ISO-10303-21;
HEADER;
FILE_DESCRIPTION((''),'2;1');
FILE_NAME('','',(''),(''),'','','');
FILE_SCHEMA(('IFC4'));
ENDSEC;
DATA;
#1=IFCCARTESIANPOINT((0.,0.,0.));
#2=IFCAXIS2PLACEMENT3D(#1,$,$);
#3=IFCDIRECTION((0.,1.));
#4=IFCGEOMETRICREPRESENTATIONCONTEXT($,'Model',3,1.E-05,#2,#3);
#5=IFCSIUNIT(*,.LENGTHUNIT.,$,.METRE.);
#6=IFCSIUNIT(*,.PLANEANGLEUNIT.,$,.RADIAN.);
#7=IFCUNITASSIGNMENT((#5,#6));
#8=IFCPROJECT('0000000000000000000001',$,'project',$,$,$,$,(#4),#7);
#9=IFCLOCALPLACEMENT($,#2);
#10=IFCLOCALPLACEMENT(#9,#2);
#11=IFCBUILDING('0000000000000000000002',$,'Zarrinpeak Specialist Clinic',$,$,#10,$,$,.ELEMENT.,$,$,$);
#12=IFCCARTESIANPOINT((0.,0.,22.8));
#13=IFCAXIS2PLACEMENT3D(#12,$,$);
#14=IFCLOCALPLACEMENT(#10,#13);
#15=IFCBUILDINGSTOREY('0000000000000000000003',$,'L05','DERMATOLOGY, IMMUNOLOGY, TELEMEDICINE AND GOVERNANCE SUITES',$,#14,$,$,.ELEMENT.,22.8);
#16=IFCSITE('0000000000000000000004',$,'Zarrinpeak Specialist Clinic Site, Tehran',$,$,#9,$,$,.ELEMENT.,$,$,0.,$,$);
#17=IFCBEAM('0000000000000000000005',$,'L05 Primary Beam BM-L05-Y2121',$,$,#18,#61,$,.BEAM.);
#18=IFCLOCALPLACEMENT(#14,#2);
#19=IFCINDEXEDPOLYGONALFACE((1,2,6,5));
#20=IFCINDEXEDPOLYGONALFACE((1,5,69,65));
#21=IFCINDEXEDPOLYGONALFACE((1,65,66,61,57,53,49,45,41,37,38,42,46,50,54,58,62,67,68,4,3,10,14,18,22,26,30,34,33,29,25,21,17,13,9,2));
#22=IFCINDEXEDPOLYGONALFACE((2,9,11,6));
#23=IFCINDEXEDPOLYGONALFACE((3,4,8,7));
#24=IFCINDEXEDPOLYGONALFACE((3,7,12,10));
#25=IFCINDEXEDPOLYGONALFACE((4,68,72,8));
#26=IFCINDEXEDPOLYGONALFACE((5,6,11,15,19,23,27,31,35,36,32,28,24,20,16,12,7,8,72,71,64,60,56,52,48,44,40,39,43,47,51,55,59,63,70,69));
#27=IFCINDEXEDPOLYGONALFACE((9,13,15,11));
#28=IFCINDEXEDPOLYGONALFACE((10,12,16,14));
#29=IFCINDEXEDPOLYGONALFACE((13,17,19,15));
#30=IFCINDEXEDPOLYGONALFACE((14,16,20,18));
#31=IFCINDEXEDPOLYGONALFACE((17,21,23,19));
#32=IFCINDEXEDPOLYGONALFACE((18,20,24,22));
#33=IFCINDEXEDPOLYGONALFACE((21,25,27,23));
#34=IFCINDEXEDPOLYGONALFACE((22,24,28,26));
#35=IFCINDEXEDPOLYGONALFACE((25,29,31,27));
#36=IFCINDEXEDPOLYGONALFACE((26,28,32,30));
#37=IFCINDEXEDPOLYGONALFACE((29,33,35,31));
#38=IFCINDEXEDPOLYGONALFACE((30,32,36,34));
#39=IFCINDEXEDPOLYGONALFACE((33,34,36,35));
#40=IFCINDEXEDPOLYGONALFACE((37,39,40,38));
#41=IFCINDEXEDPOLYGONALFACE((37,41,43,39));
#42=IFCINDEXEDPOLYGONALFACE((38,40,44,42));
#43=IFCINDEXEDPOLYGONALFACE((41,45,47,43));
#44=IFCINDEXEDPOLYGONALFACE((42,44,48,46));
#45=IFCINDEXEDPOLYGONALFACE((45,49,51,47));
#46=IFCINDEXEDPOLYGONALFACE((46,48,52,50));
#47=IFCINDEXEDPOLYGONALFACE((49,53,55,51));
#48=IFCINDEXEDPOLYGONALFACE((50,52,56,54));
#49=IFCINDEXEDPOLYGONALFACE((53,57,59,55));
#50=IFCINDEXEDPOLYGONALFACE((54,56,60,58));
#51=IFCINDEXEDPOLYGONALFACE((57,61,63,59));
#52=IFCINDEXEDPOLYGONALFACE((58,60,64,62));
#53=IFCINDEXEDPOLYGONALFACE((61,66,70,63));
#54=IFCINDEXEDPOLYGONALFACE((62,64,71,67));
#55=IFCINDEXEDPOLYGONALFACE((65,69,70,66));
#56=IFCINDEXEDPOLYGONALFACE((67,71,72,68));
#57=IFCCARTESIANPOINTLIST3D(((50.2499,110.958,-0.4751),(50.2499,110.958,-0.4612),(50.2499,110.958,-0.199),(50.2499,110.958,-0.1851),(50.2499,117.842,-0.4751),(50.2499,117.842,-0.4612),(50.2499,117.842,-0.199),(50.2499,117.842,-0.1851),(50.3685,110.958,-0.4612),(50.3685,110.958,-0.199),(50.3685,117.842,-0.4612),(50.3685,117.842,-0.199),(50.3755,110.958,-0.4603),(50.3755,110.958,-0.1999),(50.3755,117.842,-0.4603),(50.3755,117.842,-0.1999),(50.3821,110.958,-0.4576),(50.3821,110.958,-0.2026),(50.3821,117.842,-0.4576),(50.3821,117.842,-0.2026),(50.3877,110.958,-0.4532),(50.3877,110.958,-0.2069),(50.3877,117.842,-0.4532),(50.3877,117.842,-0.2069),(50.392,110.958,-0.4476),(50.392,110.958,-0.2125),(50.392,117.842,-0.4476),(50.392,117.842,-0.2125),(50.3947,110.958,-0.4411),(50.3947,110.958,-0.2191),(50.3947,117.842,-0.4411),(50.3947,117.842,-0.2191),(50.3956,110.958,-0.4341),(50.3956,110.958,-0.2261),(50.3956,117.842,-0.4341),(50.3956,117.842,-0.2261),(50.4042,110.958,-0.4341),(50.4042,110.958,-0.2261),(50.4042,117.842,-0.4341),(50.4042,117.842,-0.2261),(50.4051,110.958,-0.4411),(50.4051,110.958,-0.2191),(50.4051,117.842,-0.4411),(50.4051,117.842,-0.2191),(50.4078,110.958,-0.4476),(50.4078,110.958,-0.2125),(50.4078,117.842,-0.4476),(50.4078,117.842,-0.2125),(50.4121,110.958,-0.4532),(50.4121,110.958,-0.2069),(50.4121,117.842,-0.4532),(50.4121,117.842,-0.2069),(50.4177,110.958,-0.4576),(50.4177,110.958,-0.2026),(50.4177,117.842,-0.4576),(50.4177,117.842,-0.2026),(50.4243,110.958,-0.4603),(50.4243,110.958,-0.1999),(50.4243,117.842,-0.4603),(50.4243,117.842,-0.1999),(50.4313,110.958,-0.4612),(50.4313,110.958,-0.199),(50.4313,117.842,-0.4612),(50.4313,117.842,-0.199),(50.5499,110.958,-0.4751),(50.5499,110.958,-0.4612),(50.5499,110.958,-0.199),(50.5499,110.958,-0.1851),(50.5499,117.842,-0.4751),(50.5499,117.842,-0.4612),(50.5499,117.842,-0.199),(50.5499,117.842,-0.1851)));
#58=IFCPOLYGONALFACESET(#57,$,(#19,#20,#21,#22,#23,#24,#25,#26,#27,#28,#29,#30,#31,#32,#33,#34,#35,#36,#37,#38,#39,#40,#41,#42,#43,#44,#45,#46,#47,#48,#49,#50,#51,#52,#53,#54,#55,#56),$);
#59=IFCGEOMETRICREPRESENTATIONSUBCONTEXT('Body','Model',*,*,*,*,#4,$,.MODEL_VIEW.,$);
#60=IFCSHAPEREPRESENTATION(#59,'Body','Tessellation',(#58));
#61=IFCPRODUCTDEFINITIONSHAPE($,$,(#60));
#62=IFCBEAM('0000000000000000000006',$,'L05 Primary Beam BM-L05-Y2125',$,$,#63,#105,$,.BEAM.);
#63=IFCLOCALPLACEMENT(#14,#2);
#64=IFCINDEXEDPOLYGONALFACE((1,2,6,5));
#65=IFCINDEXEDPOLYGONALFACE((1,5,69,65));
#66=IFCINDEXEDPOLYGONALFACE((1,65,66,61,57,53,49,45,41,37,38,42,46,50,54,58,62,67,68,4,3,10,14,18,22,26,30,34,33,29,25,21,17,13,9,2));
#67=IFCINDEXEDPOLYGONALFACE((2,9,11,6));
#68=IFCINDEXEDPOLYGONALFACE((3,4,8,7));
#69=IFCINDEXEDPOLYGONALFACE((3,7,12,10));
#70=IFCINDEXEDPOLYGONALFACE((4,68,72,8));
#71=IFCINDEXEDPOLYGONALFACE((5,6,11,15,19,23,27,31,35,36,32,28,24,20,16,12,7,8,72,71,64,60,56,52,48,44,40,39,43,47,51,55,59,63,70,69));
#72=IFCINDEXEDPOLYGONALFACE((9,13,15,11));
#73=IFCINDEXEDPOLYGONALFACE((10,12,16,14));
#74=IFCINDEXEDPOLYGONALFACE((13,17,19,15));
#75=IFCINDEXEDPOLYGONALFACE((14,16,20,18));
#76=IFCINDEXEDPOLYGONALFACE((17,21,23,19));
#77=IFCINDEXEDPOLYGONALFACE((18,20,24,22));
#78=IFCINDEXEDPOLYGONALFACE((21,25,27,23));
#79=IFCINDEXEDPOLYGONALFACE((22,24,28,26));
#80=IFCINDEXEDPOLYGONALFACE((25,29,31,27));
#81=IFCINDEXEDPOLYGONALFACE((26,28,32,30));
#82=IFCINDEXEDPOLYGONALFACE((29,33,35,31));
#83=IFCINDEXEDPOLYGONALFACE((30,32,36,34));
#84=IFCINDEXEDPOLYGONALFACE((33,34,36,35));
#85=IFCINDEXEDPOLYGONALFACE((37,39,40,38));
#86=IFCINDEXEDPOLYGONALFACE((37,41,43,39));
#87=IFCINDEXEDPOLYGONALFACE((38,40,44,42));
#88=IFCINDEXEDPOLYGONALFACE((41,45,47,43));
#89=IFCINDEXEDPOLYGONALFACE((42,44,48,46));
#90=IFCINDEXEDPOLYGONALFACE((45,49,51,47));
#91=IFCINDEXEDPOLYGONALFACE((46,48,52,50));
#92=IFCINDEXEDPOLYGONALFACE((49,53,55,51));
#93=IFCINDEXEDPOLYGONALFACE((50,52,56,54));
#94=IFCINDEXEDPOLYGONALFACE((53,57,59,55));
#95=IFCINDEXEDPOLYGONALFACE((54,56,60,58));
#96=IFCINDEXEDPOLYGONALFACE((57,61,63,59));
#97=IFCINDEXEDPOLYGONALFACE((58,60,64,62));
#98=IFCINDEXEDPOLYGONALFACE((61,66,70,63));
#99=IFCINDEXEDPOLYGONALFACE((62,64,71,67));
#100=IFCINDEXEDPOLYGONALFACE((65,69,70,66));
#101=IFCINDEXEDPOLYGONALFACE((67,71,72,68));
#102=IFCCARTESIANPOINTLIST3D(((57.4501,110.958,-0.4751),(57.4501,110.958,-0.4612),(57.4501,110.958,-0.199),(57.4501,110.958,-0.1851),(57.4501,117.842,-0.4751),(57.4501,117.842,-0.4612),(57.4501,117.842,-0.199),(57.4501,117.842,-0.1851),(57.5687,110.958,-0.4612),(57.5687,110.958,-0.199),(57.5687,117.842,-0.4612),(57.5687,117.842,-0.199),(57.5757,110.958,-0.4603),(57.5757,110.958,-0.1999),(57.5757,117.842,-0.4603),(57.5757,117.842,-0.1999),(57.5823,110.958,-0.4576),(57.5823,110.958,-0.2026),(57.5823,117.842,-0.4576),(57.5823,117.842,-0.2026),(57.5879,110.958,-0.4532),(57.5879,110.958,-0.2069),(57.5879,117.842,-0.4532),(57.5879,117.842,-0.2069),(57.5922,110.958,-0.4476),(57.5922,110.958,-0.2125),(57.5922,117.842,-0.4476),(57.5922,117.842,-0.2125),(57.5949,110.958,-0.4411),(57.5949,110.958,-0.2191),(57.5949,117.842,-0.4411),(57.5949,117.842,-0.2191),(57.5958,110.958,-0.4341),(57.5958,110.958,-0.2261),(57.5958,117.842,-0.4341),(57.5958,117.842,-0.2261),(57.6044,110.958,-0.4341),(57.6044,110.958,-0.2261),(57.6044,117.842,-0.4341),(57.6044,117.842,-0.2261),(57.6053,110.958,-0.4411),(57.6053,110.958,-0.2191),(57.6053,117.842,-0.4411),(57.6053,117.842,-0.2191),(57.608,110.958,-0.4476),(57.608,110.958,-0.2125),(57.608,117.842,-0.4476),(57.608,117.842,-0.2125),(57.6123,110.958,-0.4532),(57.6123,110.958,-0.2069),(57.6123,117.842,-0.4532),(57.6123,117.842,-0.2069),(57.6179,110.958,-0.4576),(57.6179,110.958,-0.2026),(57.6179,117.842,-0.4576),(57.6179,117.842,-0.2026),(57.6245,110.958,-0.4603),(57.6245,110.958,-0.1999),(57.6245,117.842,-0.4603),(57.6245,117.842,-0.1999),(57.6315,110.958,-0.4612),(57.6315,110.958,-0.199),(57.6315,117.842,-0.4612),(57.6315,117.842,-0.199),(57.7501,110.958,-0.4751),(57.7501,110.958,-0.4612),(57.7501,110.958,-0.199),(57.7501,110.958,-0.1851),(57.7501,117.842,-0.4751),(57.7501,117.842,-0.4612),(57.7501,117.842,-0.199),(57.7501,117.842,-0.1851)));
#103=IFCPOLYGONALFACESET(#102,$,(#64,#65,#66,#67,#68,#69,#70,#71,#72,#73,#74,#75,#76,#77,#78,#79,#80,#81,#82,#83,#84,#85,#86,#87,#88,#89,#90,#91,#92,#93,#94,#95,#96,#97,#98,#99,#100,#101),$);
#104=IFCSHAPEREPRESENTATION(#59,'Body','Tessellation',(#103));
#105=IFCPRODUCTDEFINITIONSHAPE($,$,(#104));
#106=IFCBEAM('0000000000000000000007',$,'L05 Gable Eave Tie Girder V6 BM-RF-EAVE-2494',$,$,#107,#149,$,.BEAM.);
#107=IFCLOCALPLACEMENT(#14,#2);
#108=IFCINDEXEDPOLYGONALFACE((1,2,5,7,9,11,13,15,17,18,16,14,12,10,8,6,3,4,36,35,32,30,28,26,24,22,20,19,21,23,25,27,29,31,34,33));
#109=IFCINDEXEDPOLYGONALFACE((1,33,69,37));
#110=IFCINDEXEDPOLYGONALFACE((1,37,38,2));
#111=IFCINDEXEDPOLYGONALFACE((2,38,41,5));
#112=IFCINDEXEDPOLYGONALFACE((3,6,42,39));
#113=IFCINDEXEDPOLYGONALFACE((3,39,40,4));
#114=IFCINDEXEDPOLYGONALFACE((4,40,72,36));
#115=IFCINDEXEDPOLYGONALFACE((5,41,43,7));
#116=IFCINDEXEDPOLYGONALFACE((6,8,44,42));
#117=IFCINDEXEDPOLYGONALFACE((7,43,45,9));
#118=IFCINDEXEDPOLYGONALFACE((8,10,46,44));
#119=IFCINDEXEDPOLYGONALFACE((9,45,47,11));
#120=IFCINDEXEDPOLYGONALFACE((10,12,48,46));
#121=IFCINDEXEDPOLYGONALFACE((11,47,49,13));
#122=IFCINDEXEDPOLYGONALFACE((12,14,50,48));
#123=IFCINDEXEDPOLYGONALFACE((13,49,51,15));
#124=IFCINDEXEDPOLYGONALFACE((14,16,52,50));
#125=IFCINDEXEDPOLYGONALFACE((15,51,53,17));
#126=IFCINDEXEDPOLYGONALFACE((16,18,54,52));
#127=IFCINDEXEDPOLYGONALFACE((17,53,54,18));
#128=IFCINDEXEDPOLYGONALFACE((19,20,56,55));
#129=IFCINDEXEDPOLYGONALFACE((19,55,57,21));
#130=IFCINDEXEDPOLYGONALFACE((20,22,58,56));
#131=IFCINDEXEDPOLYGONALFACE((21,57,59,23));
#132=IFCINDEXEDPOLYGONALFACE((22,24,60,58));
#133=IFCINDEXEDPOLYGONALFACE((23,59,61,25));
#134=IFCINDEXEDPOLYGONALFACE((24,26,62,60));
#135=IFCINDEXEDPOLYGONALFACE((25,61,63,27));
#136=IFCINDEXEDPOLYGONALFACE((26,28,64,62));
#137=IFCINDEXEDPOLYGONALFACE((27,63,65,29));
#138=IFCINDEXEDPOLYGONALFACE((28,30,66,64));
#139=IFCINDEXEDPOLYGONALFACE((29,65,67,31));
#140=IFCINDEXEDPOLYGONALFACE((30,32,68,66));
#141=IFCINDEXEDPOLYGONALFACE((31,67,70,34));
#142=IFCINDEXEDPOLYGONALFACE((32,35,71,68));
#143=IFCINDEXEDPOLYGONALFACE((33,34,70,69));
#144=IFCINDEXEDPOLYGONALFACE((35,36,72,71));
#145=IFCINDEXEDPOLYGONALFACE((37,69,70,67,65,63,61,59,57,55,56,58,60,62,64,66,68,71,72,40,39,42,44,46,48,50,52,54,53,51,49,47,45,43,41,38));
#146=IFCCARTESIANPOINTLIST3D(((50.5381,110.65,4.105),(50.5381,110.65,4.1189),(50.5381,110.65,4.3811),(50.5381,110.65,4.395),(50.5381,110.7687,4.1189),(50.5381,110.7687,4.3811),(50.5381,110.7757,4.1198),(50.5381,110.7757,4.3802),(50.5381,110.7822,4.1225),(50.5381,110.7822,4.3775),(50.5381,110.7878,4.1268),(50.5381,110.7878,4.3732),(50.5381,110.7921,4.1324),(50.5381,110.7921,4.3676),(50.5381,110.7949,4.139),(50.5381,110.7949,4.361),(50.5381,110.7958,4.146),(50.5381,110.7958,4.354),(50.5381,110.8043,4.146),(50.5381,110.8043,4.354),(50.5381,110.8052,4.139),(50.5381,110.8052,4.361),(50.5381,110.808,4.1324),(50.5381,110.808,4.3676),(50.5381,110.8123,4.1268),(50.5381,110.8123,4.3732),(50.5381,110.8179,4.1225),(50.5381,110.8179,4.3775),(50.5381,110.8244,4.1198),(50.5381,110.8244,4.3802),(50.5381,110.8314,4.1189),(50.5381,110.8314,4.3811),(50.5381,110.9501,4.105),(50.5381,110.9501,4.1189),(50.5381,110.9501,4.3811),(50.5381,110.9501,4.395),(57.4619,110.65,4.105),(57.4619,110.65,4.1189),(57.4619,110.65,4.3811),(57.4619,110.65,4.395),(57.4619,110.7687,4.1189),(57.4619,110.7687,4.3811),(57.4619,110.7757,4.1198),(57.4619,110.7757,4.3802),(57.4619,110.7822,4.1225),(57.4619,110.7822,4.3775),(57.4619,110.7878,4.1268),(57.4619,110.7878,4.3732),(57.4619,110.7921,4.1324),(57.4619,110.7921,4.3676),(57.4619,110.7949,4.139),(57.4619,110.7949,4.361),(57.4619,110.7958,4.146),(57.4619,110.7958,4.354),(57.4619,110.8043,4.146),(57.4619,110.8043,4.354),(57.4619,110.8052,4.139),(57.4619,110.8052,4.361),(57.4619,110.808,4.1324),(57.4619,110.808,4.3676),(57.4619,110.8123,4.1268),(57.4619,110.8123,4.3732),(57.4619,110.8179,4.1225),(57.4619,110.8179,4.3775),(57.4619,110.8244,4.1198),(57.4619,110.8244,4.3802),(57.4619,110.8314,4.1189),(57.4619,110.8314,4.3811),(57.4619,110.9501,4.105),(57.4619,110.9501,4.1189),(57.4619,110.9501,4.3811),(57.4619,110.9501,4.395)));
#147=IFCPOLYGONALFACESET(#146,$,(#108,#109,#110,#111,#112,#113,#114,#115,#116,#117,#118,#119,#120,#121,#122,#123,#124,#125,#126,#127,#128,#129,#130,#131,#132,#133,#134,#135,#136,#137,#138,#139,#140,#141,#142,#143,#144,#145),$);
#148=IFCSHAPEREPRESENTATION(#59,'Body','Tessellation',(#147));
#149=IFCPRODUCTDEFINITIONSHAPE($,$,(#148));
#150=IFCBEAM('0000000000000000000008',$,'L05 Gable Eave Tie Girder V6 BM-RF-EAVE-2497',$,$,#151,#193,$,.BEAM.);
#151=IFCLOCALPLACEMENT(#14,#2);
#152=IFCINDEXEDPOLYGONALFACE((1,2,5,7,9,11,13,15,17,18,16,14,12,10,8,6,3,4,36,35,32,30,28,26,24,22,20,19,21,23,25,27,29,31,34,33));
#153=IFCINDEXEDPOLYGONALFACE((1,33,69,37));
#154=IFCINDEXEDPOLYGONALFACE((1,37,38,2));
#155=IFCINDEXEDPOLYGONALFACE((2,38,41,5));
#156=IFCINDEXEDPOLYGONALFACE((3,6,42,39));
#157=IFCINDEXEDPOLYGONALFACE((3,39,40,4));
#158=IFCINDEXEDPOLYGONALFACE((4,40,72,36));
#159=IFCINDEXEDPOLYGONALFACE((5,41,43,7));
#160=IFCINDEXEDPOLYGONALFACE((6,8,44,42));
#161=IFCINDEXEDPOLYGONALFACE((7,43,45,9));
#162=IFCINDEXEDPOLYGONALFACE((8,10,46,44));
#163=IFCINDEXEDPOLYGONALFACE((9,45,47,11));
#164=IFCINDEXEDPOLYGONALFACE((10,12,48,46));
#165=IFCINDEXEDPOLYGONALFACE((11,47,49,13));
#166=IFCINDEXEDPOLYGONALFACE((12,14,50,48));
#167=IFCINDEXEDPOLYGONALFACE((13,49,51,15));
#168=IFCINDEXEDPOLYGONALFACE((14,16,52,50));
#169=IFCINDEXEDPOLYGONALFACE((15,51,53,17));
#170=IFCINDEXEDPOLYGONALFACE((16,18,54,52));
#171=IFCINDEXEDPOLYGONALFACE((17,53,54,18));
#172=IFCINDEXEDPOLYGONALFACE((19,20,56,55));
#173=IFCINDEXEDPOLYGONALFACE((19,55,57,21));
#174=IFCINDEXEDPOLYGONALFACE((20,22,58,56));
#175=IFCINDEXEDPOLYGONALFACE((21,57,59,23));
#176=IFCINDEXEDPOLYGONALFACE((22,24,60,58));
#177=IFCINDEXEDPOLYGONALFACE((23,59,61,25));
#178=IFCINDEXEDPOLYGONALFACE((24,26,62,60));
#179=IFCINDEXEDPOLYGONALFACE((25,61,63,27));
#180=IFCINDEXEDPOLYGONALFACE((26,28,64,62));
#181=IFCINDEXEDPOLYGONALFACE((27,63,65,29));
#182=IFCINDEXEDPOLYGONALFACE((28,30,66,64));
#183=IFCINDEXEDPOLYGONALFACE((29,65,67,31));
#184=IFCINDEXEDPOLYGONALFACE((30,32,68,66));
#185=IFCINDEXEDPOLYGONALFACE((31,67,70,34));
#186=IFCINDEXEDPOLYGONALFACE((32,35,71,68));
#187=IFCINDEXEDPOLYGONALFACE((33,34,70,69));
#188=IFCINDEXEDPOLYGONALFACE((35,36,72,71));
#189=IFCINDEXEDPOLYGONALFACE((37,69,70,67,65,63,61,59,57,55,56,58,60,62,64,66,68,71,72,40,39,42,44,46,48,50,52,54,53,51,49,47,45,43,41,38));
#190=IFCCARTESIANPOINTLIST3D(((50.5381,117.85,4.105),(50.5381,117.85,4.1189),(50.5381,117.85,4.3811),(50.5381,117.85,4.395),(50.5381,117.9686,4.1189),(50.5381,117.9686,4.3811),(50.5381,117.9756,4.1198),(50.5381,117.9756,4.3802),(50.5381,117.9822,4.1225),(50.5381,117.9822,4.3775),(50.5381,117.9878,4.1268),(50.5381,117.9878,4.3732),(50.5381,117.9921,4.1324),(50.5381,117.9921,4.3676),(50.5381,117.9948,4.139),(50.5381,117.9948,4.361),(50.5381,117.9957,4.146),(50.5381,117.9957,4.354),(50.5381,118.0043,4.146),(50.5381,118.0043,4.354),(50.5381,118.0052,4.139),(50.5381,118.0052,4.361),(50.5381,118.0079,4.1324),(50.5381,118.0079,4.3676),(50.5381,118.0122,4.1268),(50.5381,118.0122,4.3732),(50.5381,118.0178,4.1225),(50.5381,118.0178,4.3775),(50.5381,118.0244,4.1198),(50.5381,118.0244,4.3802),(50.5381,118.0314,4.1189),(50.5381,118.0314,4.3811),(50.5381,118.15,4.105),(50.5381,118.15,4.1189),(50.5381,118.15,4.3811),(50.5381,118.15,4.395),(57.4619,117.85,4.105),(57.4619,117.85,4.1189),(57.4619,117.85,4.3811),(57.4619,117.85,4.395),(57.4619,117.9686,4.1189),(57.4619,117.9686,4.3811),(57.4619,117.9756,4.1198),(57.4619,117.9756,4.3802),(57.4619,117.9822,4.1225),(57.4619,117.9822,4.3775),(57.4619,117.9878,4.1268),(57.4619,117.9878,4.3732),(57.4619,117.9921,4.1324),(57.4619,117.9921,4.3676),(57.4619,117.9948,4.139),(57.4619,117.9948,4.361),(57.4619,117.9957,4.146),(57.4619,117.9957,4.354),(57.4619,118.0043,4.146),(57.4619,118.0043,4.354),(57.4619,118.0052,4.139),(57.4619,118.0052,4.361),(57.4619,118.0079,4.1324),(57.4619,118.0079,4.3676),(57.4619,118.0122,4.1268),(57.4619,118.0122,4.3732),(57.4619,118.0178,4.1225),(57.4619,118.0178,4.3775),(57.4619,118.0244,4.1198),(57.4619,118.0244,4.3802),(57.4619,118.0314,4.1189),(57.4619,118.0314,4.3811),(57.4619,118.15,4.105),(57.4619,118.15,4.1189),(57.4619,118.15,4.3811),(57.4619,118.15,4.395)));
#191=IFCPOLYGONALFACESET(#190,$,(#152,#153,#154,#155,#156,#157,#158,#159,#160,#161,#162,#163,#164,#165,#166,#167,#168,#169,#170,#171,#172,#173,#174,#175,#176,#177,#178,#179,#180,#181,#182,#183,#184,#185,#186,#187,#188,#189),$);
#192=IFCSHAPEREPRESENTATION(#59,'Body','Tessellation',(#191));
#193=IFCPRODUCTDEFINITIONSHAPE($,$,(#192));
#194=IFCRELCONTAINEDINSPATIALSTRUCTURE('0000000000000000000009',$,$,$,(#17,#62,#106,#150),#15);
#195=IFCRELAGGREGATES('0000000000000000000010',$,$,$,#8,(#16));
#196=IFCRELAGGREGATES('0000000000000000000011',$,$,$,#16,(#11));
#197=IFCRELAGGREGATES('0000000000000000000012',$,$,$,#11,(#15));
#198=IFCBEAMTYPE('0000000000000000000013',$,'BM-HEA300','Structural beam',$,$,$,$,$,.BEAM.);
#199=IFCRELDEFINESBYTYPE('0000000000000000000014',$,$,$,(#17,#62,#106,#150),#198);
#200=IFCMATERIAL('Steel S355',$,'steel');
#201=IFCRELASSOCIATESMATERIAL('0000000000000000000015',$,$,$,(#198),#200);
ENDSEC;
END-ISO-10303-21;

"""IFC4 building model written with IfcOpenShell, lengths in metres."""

from ifc_helpers import new_model, si_unit, direction, frame, origin, origin_2d, place, context, subcontext, project, spatial, i_section, extrude, material, material_profile, profile_set, type_object, element, save


model = new_model("IFC4")

# Units and contexts
model_context = context("Model", 3, precision=1e-05, world=origin(), true_north=direction((0.0, 1.0)))
body_context = subcontext(model_context, "Body", "Model", "MODEL_VIEW")
ifc_project = project(units=[si_unit("LENGTHUNIT", "METRE"), si_unit("PLANEANGLEUNIT", "RADIAN")], contexts=[model_context])

# Site, building, storey
site_placement = place(None, origin())
site = spatial("IfcSite", under=ifc_project, at=site_placement, Name="Zarrinpeak Specialist Clinic Site, Tehran", CompositionType="ELEMENT", RefElevation=0.0)
building_placement = place(site_placement, origin())
building = spatial("IfcBuilding", under=site, at=building_placement, Name="Zarrinpeak Specialist Clinic", CompositionType="ELEMENT")
storey_placement = place(building_placement, frame((0.0, 0.0, 22.8)))
storey = spatial("IfcBuildingStorey", under=building, at=storey_placement, Name="L05", Description="DERMATOLOGY, IMMUNOLOGY, TELEMEDICINE AND GOVERNANCE SUITES", CompositionType="ELEMENT", Elevation=22.8)

# Shared definitions
ifc_material_1 = material(Name="Steel S355", Category="steel")

# Beams
ifc_material_profile_1 = material_profile(ifc_material_1, i_section(OverallWidth=0.3, OverallDepth=0.29, WebThickness=0.0085, FlangeThickness=0.0139, FilletRadius=0.0271, at=origin_2d()), Name="HEA 300")
ifc_profile_set_1 = profile_set([ifc_material_profile_1], Name="Steel S355")
beam_type_1 = type_object("IfcBeamType", Name="BM-HEA300", Description="Structural beam", PredefinedType="BEAM", material=ifc_profile_set_1)
for number, where, z_axis, x_axis, name in (
    (1, (50.3999, 110.958, -0.3301), (0.0, 1.0, 0.0), (-1.0, 0.0, 0.0), "L05 Primary Beam BM-L05-Y2121"),
    (2, (57.6001, 110.958, -0.3301), (0.0, 1.0, 0.0), (-1.0, 0.0, 0.0), "L05 Primary Beam BM-L05-Y2125"),
):
    element("IfcBeam", number, at=place(storey_placement, frame(where, z_axis=z_axis, x_axis=x_axis)), inside=storey, type_object=beam_type_1, Name=name, PredefinedType="BEAM", context=body_context, shape_type="SweptSolid", body=[
        extrude(i_section(OverallWidth=0.3, OverallDepth=0.29, WebThickness=0.0085, FlangeThickness=0.0139, FilletRadius=0.0271, at=origin_2d()), origin(), (0.0, 0.0, 1.0), 6.884),
    ])
for number, where, z_axis, x_axis, name in (
    (3, (50.5381, 110.8, 4.25), (1.0, 0.0, 0.0), (0.0, 1.0, 0.0), "L05 Gable Eave Tie Girder V6 BM-RF-EAVE-2494"),
    (4, (50.5381, 118.0, 4.25), (1.0, 0.0, 0.0), (0.0, 1.0, 0.0), "L05 Gable Eave Tie Girder V6 BM-RF-EAVE-2497"),
):
    element("IfcBeam", number, at=place(storey_placement, frame(where, z_axis=z_axis, x_axis=x_axis)), inside=storey, type_object=beam_type_1, Name=name, PredefinedType="BEAM", context=body_context, shape_type="SweptSolid", body=[
        extrude(i_section(OverallWidth=0.3, OverallDepth=0.29, WebThickness=0.0085, FlangeThickness=0.0139, FilletRadius=0.0271, at=origin_2d()), origin(), (0.0, 0.0, 1.0), 6.9238),
    ])

save(model, "model.ifc")
